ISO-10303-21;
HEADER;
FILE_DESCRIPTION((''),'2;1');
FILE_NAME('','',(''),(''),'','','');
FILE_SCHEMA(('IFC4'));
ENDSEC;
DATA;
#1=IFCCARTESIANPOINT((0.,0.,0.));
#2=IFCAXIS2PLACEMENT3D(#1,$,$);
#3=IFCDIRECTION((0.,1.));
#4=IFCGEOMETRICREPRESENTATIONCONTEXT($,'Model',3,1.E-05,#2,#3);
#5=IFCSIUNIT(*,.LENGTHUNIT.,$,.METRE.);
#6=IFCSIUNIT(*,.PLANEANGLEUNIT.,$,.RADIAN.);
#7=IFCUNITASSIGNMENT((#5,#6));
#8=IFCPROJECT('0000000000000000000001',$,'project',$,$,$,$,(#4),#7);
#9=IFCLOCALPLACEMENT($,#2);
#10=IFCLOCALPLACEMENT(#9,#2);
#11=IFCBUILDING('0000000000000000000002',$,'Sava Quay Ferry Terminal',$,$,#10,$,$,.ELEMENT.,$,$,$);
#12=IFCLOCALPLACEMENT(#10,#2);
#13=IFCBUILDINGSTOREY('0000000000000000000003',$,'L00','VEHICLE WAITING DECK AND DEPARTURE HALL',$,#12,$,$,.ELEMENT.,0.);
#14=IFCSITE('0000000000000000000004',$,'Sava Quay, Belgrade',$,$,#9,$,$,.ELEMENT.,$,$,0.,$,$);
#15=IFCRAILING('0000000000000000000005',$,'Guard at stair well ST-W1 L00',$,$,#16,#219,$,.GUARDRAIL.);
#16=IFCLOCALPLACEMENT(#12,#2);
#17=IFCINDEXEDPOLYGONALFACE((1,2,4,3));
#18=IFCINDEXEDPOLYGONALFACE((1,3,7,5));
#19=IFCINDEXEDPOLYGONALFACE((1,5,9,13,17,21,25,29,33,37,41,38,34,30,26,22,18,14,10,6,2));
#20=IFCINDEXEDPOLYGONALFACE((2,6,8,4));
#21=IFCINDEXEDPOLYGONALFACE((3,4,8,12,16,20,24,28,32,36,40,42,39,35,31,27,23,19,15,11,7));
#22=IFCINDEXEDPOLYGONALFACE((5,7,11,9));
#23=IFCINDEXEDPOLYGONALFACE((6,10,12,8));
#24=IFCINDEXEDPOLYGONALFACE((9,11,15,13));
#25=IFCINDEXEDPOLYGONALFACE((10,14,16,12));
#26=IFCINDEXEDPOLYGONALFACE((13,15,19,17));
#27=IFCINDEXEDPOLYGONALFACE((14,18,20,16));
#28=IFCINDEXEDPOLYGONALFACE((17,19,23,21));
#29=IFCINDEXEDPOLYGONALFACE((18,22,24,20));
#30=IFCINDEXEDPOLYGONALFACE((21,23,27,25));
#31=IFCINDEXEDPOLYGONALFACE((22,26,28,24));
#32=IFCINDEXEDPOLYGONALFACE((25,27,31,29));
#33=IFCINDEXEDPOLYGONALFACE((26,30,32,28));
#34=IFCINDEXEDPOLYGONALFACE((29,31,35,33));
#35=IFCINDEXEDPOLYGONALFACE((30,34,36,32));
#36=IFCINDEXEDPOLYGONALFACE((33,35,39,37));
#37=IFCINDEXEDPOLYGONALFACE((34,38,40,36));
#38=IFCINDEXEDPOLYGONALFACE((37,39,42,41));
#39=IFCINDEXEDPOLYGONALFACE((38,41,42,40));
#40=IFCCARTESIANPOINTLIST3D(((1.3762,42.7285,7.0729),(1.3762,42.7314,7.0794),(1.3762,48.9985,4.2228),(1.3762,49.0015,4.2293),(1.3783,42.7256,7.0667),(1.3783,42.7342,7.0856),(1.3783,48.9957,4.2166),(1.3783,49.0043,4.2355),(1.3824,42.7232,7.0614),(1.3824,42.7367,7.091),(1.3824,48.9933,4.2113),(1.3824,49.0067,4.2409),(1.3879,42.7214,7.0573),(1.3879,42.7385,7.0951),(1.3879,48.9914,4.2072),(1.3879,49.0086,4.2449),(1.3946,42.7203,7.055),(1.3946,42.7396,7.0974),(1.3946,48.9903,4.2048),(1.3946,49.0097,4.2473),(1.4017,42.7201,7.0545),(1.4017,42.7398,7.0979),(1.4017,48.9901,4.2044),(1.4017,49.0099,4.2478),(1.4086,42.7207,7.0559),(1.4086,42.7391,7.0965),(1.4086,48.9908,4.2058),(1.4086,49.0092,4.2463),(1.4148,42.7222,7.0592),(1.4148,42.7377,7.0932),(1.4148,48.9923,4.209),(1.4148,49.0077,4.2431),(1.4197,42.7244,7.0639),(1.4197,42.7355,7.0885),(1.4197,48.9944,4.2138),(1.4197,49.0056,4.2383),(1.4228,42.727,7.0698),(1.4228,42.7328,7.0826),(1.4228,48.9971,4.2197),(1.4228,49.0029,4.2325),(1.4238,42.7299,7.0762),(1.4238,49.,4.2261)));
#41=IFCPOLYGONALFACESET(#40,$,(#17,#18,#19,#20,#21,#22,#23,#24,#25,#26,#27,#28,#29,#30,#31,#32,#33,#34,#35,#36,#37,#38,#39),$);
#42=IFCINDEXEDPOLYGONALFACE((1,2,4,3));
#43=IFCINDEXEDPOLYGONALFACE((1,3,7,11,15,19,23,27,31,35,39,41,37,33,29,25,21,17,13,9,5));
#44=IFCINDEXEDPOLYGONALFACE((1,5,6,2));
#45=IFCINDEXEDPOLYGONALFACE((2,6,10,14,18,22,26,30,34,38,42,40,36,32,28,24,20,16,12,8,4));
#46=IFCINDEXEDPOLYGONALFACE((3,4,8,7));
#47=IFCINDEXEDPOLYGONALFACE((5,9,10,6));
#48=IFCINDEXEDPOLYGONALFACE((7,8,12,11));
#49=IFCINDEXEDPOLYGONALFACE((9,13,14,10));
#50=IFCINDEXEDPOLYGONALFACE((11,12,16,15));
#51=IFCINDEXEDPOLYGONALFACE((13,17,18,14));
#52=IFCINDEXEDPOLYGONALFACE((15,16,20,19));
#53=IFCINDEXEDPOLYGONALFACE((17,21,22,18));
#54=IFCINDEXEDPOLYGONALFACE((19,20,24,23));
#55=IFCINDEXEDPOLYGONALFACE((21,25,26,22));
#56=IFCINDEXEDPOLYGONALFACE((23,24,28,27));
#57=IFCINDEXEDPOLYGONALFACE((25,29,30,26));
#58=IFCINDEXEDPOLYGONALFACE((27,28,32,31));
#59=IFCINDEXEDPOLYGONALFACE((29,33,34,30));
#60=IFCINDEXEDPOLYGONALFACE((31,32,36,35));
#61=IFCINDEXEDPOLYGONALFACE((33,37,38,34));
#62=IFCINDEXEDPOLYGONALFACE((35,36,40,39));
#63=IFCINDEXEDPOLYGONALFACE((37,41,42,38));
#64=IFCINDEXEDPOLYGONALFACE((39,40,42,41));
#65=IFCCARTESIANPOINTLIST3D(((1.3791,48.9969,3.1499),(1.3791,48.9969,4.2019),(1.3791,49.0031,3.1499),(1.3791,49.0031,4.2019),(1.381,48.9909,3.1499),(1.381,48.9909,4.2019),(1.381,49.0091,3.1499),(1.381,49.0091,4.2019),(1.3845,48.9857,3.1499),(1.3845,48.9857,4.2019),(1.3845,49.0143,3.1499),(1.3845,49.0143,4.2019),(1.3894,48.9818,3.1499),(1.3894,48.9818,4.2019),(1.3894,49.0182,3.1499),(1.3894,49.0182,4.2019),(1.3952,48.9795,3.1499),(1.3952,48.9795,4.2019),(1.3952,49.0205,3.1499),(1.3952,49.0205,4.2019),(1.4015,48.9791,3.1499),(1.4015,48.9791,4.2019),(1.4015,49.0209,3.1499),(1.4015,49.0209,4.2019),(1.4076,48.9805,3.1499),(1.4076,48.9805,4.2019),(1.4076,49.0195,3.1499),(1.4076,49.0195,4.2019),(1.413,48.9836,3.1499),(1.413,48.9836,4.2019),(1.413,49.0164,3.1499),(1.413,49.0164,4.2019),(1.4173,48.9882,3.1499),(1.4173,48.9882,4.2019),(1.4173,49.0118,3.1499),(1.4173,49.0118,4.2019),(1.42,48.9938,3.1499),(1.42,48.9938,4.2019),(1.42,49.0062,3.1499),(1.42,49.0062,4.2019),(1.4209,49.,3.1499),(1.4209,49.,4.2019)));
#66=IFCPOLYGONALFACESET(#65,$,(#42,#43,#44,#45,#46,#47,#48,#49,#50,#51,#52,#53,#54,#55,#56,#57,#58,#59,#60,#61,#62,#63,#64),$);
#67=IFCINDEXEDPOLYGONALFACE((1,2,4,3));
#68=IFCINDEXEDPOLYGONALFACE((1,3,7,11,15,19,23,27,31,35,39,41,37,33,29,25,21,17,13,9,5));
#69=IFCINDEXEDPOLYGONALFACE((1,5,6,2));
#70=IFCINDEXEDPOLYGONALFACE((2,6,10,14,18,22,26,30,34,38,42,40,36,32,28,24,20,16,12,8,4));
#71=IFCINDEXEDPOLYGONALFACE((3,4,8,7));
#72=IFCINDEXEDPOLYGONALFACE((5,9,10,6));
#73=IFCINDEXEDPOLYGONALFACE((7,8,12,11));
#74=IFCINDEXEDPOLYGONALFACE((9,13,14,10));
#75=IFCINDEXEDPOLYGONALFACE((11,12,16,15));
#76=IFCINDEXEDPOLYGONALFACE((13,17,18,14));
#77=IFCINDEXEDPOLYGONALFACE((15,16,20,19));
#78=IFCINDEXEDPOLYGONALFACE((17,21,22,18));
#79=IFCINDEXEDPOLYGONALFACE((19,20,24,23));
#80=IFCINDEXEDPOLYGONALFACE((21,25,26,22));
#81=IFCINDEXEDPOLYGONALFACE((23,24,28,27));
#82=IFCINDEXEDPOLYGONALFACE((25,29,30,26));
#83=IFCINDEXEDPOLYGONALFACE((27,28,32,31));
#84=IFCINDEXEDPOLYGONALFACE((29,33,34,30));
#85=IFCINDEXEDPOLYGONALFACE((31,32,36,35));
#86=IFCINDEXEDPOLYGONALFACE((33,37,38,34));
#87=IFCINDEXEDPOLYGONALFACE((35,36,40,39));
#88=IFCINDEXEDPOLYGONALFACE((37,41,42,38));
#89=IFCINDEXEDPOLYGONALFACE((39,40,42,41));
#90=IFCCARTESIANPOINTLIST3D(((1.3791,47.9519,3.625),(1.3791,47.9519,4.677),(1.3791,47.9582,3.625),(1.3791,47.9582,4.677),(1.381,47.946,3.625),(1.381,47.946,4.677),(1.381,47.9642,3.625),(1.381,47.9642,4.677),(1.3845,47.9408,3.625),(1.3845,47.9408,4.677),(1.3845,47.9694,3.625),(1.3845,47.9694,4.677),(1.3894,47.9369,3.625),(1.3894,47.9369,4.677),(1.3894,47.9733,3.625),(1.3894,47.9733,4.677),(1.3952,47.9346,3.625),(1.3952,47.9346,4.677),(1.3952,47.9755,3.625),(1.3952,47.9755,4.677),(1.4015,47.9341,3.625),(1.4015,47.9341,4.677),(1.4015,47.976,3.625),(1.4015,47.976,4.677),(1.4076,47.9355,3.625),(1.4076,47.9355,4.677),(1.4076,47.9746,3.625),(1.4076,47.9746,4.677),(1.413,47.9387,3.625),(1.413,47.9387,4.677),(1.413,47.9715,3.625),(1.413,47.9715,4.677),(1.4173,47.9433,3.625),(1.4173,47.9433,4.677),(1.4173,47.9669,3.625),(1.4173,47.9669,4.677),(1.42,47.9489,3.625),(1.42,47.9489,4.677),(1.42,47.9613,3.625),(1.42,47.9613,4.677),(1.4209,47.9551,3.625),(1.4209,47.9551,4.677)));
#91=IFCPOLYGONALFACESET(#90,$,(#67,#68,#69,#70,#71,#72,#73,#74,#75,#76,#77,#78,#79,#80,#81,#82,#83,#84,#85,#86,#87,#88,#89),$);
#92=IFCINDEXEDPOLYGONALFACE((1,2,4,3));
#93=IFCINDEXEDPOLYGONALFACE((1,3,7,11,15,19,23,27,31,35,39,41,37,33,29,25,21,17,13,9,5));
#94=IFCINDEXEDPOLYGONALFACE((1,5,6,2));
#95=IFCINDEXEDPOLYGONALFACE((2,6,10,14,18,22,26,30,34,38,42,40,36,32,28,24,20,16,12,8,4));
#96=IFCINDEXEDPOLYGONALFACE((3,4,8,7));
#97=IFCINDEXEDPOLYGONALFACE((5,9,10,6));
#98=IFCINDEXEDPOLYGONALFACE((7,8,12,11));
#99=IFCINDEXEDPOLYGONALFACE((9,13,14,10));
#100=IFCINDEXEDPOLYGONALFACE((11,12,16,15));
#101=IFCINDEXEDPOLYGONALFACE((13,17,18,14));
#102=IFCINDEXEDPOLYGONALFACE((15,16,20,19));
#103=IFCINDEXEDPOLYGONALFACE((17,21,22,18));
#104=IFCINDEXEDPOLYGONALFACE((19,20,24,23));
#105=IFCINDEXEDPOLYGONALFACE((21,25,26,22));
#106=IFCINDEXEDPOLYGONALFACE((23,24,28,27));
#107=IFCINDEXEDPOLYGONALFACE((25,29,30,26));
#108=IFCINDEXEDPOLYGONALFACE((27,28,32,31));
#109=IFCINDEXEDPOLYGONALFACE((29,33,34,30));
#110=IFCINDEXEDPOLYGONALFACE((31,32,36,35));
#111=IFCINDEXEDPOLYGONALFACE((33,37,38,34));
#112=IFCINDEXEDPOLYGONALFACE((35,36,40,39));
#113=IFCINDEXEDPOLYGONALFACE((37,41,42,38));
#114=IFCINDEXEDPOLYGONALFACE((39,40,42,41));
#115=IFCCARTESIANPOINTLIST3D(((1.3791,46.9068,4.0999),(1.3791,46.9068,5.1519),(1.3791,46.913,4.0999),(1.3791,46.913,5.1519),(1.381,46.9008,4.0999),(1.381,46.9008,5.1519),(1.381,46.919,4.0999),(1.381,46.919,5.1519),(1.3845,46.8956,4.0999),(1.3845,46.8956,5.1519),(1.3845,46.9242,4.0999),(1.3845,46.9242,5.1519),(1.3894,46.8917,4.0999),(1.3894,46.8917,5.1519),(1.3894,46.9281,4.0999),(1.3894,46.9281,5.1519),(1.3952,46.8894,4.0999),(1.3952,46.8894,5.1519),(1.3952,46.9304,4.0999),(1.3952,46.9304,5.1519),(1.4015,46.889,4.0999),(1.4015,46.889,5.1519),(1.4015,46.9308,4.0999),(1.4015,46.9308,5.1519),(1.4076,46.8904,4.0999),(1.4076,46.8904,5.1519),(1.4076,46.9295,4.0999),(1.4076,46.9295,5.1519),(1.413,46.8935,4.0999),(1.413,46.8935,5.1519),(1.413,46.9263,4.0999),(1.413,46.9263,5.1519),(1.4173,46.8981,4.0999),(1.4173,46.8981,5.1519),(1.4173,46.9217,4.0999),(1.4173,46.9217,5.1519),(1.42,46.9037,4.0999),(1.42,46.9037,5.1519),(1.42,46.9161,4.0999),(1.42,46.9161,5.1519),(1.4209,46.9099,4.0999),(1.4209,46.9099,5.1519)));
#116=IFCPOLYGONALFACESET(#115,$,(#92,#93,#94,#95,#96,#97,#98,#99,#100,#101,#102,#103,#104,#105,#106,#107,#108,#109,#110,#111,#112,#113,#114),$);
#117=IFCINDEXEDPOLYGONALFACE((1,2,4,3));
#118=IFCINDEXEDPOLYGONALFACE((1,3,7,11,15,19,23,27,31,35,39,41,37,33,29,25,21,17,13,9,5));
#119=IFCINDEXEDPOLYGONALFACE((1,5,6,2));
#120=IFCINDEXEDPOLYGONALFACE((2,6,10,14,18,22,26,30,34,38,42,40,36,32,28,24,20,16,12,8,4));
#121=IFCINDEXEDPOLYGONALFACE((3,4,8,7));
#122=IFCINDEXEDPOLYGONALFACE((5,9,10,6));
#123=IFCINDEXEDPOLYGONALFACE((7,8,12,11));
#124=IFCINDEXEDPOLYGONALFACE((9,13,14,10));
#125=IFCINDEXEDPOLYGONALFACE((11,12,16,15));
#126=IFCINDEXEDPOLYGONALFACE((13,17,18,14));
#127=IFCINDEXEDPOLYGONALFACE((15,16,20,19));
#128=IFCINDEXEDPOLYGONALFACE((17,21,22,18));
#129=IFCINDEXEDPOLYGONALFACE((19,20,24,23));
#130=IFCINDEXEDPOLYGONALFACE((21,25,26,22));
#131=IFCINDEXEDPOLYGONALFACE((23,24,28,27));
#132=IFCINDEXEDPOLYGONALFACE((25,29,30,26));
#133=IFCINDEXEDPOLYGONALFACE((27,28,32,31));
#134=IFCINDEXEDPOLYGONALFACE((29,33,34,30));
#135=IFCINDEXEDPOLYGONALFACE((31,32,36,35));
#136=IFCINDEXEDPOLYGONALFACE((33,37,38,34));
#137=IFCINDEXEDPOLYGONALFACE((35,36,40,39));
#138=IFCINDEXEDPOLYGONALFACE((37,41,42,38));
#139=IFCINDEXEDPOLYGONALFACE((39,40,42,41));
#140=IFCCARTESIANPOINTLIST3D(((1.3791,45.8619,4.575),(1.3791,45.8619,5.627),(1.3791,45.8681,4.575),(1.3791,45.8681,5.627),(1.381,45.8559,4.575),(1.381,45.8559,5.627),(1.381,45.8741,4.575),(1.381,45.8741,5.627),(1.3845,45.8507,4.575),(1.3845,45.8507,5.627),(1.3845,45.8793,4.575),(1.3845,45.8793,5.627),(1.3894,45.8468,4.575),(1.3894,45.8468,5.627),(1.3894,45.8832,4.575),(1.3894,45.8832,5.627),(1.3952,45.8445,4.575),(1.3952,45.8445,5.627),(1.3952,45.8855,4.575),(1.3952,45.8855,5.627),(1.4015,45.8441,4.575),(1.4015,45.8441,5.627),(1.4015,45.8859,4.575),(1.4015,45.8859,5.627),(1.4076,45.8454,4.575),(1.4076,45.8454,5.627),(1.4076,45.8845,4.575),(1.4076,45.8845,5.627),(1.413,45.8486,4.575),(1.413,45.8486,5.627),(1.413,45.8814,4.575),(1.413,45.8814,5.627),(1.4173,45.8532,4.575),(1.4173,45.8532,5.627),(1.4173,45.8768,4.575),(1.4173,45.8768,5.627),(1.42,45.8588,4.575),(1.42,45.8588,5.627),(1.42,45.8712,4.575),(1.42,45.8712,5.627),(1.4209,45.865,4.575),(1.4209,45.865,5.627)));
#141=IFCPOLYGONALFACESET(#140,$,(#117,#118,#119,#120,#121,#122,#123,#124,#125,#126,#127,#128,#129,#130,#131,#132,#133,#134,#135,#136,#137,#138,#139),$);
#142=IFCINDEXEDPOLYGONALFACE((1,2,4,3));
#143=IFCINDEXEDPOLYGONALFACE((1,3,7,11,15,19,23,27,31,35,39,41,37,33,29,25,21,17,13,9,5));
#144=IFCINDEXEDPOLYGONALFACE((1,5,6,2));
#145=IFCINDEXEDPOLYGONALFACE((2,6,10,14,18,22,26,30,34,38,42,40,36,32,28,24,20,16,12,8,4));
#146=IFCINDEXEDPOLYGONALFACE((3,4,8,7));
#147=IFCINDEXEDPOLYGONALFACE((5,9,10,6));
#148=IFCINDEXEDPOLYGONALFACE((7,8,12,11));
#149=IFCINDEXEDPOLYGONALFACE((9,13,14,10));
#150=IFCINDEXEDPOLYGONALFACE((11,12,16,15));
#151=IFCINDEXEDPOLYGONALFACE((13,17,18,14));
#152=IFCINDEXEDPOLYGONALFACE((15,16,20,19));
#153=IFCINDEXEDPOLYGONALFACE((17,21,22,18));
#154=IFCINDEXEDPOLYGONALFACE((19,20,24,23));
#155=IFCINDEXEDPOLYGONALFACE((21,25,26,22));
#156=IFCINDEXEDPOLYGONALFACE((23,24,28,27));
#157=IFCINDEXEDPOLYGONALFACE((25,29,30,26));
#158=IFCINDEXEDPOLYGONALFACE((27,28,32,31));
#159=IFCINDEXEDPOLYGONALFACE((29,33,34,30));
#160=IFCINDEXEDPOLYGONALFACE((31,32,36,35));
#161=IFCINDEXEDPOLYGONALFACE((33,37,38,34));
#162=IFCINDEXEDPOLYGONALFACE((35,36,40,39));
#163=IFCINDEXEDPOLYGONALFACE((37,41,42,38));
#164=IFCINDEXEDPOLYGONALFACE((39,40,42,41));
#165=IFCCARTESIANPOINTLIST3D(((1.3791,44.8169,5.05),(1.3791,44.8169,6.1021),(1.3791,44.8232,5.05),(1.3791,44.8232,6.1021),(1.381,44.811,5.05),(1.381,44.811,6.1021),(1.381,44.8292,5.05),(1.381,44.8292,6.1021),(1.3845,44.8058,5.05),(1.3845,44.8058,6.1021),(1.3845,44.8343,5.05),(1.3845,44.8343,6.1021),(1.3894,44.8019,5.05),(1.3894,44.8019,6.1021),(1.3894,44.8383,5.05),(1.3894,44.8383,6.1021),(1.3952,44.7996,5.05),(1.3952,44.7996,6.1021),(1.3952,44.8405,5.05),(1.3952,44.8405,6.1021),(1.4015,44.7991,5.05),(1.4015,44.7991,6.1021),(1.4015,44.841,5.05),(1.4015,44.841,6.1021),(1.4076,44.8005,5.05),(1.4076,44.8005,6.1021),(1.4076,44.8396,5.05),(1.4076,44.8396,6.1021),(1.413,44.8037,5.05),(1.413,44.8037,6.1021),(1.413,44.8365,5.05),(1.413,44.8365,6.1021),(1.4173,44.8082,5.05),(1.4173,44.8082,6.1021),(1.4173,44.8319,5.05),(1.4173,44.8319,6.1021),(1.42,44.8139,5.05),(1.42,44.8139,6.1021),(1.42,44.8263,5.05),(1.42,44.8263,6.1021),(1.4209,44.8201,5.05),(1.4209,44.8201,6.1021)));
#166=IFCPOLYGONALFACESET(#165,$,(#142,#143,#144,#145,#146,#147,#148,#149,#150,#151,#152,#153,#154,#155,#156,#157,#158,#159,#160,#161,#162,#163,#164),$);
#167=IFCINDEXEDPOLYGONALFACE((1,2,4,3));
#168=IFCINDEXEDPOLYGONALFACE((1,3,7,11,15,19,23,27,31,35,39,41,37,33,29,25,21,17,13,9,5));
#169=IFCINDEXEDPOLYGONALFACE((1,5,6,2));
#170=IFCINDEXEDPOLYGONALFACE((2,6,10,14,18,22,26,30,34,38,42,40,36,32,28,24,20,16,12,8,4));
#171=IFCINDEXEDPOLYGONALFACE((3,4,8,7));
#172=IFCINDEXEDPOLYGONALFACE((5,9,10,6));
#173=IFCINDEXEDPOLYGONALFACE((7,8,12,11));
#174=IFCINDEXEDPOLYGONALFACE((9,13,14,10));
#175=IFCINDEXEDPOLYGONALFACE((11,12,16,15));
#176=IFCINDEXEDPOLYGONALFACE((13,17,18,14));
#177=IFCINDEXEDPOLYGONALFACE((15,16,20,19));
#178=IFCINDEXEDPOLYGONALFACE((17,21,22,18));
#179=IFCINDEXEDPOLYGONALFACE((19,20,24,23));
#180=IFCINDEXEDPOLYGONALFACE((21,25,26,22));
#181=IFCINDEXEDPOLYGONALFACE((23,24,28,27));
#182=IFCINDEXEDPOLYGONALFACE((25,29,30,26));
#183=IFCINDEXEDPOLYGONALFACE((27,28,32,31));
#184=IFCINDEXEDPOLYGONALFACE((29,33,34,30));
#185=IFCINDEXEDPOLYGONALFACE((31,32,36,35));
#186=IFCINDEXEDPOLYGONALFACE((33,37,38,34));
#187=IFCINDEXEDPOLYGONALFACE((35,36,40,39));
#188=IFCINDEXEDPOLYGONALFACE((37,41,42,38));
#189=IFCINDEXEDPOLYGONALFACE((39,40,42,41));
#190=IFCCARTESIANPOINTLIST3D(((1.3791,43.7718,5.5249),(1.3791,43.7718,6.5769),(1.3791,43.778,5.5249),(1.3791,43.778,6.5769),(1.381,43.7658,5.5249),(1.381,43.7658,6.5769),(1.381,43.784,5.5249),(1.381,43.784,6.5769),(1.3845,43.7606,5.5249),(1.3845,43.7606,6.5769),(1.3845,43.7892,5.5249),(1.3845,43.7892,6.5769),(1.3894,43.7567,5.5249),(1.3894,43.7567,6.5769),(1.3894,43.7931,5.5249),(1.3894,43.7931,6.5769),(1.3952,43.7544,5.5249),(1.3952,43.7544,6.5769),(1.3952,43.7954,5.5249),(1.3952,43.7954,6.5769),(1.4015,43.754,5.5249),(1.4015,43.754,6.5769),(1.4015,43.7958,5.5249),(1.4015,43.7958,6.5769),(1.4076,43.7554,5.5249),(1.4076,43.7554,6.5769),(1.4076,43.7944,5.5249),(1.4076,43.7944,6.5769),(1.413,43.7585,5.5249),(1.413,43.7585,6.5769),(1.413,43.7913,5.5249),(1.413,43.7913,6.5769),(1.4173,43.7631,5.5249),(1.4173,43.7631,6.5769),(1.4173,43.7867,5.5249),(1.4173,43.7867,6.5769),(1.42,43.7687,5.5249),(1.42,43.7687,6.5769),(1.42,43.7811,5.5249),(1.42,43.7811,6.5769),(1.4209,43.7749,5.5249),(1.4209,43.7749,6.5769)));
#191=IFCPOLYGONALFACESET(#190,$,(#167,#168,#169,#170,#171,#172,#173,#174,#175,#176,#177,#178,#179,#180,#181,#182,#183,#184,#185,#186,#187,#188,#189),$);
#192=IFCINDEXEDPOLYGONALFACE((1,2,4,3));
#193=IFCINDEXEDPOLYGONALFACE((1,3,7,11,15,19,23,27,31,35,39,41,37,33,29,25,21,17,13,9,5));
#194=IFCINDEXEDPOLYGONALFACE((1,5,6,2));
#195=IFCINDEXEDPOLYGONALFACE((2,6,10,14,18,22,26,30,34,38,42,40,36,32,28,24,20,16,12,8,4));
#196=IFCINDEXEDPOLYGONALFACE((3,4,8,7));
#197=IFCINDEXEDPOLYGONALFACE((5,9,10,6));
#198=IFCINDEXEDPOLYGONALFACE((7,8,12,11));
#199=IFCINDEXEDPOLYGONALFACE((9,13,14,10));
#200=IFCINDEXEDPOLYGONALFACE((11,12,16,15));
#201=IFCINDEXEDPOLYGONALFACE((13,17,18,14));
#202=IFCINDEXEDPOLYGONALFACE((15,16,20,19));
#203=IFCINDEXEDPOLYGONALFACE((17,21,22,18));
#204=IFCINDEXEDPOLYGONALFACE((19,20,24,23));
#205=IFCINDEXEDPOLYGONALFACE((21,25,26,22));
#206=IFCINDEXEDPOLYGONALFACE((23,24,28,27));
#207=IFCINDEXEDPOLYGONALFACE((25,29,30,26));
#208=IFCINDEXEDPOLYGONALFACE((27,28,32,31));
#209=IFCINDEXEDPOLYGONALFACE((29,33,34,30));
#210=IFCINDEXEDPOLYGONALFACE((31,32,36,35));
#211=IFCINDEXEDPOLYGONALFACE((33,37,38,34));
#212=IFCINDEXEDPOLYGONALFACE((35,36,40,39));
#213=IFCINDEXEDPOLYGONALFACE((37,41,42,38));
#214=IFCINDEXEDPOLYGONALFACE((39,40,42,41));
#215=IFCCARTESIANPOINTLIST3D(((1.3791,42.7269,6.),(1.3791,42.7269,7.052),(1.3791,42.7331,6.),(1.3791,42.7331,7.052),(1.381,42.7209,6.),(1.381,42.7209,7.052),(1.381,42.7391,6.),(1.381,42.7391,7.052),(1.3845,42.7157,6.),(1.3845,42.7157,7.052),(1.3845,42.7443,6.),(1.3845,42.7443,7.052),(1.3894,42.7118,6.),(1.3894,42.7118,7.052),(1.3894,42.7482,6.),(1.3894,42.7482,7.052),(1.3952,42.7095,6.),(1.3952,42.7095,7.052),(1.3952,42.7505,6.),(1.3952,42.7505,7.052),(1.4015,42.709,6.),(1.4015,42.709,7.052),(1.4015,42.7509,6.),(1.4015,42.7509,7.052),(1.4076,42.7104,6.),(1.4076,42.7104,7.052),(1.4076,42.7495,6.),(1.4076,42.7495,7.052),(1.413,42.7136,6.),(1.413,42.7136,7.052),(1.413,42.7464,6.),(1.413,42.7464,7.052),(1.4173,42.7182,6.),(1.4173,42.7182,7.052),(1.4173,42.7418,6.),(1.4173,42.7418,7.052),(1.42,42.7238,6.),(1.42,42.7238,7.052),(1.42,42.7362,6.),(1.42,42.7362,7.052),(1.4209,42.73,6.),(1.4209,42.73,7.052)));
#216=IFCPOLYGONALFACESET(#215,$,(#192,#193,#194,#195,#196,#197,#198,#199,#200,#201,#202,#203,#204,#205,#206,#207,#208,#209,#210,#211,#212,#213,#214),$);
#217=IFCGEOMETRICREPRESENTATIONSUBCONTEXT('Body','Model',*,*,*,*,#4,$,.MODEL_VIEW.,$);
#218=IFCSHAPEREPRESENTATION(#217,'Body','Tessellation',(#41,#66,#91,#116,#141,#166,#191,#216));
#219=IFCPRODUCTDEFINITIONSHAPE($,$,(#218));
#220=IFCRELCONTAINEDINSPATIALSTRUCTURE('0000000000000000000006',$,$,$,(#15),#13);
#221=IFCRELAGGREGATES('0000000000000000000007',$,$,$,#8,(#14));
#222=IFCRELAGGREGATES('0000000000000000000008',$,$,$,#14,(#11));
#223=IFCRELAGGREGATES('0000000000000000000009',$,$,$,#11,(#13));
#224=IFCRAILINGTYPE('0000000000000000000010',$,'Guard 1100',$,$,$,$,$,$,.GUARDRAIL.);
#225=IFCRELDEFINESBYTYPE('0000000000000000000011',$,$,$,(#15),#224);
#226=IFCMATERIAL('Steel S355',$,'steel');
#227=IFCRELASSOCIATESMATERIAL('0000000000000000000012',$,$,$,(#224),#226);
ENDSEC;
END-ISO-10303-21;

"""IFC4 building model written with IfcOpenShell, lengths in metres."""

from ifc_helpers import new_model, si_unit, direction, frame, origin, origin_2d, place, context, subcontext, project, spatial, circle, extrude, material, type_object, element, save


model = new_model("IFC4")

# Units and contexts
model_context = context("Model", 3, precision=1e-05, world=origin(), true_north=direction((0.0, 1.0)))
body_context = subcontext(model_context, "Body", "Model", "MODEL_VIEW")
ifc_project = project(units=[si_unit("LENGTHUNIT", "METRE"), si_unit("PLANEANGLEUNIT", "RADIAN")], contexts=[model_context])

# Site, building, storey
site_placement = place(None, origin())
site = spatial("IfcSite", under=ifc_project, at=site_placement, Name="Sava Quay, Belgrade", CompositionType="ELEMENT", RefElevation=0.0)
building_placement = place(site_placement, origin())
building = spatial("IfcBuilding", under=site, at=building_placement, Name="Sava Quay Ferry Terminal", CompositionType="ELEMENT")
storey_placement = place(building_placement, origin())
storey = spatial("IfcBuildingStorey", under=building, at=storey_placement, Name="L00", Description="VEHICLE WAITING DECK AND DEPARTURE HALL", CompositionType="ELEMENT", Elevation=0.0)

# Railing
ifc_material_1 = material(Name="Steel S355", Category="steel")
railing_type_1 = type_object("IfcRailingType", Name="Guard 1100", PredefinedType="GUARDRAIL", material=ifc_material_1)
railing_1_placement = place(storey_placement, frame((1.3999, 49.0, 3.1499)))
element("IfcRailing", 1, at=railing_1_placement, inside=storey, type_object=railing_type_1, Name="Guard at stair well ST-W1 L00", PredefinedType="GUARDRAIL", context=body_context, shape_type="SweptSolid", body=[
    extrude(circle(Radius=0.0239, at=origin_2d()), frame((0.0, 0.0, 1.0762), z_axis=(0.0, -0.910362, 0.413814), x_axis=(1.0, 0.0, 0.0)), (0.0, 0.0, 1.0), 6.8875),
    extrude(circle(Radius=0.021, at=origin_2d()), origin(), (0.0, 0.0, 1.0), 1.052),
    extrude(circle(Radius=0.021, at=origin_2d()), frame((0.0, -1.0449, 0.4751)), (0.0, 0.0, 1.0), 1.052),
    extrude(circle(Radius=0.021, at=origin_2d()), frame((0.0, -2.0901, 0.95)), (0.0, 0.0, 1.0), 1.052),
    extrude(circle(Radius=0.021, at=origin_2d()), frame((0.0, -3.135, 1.425)), (0.0, 0.0, 1.0), 1.052),
    extrude(circle(Radius=0.021, at=origin_2d()), frame((0.0, -4.1799, 1.9001)), (0.0, 0.0, 1.0), 1.052),
    extrude(circle(Radius=0.021, at=origin_2d()), frame((0.0, -5.2251, 2.375)), (0.0, 0.0, 1.0), 1.052),
    extrude(circle(Radius=0.021, at=origin_2d()), frame((0.0, -6.27, 2.8501)), (0.0, 0.0, 1.0), 1.052),
])

save(model, "model.ifc")
